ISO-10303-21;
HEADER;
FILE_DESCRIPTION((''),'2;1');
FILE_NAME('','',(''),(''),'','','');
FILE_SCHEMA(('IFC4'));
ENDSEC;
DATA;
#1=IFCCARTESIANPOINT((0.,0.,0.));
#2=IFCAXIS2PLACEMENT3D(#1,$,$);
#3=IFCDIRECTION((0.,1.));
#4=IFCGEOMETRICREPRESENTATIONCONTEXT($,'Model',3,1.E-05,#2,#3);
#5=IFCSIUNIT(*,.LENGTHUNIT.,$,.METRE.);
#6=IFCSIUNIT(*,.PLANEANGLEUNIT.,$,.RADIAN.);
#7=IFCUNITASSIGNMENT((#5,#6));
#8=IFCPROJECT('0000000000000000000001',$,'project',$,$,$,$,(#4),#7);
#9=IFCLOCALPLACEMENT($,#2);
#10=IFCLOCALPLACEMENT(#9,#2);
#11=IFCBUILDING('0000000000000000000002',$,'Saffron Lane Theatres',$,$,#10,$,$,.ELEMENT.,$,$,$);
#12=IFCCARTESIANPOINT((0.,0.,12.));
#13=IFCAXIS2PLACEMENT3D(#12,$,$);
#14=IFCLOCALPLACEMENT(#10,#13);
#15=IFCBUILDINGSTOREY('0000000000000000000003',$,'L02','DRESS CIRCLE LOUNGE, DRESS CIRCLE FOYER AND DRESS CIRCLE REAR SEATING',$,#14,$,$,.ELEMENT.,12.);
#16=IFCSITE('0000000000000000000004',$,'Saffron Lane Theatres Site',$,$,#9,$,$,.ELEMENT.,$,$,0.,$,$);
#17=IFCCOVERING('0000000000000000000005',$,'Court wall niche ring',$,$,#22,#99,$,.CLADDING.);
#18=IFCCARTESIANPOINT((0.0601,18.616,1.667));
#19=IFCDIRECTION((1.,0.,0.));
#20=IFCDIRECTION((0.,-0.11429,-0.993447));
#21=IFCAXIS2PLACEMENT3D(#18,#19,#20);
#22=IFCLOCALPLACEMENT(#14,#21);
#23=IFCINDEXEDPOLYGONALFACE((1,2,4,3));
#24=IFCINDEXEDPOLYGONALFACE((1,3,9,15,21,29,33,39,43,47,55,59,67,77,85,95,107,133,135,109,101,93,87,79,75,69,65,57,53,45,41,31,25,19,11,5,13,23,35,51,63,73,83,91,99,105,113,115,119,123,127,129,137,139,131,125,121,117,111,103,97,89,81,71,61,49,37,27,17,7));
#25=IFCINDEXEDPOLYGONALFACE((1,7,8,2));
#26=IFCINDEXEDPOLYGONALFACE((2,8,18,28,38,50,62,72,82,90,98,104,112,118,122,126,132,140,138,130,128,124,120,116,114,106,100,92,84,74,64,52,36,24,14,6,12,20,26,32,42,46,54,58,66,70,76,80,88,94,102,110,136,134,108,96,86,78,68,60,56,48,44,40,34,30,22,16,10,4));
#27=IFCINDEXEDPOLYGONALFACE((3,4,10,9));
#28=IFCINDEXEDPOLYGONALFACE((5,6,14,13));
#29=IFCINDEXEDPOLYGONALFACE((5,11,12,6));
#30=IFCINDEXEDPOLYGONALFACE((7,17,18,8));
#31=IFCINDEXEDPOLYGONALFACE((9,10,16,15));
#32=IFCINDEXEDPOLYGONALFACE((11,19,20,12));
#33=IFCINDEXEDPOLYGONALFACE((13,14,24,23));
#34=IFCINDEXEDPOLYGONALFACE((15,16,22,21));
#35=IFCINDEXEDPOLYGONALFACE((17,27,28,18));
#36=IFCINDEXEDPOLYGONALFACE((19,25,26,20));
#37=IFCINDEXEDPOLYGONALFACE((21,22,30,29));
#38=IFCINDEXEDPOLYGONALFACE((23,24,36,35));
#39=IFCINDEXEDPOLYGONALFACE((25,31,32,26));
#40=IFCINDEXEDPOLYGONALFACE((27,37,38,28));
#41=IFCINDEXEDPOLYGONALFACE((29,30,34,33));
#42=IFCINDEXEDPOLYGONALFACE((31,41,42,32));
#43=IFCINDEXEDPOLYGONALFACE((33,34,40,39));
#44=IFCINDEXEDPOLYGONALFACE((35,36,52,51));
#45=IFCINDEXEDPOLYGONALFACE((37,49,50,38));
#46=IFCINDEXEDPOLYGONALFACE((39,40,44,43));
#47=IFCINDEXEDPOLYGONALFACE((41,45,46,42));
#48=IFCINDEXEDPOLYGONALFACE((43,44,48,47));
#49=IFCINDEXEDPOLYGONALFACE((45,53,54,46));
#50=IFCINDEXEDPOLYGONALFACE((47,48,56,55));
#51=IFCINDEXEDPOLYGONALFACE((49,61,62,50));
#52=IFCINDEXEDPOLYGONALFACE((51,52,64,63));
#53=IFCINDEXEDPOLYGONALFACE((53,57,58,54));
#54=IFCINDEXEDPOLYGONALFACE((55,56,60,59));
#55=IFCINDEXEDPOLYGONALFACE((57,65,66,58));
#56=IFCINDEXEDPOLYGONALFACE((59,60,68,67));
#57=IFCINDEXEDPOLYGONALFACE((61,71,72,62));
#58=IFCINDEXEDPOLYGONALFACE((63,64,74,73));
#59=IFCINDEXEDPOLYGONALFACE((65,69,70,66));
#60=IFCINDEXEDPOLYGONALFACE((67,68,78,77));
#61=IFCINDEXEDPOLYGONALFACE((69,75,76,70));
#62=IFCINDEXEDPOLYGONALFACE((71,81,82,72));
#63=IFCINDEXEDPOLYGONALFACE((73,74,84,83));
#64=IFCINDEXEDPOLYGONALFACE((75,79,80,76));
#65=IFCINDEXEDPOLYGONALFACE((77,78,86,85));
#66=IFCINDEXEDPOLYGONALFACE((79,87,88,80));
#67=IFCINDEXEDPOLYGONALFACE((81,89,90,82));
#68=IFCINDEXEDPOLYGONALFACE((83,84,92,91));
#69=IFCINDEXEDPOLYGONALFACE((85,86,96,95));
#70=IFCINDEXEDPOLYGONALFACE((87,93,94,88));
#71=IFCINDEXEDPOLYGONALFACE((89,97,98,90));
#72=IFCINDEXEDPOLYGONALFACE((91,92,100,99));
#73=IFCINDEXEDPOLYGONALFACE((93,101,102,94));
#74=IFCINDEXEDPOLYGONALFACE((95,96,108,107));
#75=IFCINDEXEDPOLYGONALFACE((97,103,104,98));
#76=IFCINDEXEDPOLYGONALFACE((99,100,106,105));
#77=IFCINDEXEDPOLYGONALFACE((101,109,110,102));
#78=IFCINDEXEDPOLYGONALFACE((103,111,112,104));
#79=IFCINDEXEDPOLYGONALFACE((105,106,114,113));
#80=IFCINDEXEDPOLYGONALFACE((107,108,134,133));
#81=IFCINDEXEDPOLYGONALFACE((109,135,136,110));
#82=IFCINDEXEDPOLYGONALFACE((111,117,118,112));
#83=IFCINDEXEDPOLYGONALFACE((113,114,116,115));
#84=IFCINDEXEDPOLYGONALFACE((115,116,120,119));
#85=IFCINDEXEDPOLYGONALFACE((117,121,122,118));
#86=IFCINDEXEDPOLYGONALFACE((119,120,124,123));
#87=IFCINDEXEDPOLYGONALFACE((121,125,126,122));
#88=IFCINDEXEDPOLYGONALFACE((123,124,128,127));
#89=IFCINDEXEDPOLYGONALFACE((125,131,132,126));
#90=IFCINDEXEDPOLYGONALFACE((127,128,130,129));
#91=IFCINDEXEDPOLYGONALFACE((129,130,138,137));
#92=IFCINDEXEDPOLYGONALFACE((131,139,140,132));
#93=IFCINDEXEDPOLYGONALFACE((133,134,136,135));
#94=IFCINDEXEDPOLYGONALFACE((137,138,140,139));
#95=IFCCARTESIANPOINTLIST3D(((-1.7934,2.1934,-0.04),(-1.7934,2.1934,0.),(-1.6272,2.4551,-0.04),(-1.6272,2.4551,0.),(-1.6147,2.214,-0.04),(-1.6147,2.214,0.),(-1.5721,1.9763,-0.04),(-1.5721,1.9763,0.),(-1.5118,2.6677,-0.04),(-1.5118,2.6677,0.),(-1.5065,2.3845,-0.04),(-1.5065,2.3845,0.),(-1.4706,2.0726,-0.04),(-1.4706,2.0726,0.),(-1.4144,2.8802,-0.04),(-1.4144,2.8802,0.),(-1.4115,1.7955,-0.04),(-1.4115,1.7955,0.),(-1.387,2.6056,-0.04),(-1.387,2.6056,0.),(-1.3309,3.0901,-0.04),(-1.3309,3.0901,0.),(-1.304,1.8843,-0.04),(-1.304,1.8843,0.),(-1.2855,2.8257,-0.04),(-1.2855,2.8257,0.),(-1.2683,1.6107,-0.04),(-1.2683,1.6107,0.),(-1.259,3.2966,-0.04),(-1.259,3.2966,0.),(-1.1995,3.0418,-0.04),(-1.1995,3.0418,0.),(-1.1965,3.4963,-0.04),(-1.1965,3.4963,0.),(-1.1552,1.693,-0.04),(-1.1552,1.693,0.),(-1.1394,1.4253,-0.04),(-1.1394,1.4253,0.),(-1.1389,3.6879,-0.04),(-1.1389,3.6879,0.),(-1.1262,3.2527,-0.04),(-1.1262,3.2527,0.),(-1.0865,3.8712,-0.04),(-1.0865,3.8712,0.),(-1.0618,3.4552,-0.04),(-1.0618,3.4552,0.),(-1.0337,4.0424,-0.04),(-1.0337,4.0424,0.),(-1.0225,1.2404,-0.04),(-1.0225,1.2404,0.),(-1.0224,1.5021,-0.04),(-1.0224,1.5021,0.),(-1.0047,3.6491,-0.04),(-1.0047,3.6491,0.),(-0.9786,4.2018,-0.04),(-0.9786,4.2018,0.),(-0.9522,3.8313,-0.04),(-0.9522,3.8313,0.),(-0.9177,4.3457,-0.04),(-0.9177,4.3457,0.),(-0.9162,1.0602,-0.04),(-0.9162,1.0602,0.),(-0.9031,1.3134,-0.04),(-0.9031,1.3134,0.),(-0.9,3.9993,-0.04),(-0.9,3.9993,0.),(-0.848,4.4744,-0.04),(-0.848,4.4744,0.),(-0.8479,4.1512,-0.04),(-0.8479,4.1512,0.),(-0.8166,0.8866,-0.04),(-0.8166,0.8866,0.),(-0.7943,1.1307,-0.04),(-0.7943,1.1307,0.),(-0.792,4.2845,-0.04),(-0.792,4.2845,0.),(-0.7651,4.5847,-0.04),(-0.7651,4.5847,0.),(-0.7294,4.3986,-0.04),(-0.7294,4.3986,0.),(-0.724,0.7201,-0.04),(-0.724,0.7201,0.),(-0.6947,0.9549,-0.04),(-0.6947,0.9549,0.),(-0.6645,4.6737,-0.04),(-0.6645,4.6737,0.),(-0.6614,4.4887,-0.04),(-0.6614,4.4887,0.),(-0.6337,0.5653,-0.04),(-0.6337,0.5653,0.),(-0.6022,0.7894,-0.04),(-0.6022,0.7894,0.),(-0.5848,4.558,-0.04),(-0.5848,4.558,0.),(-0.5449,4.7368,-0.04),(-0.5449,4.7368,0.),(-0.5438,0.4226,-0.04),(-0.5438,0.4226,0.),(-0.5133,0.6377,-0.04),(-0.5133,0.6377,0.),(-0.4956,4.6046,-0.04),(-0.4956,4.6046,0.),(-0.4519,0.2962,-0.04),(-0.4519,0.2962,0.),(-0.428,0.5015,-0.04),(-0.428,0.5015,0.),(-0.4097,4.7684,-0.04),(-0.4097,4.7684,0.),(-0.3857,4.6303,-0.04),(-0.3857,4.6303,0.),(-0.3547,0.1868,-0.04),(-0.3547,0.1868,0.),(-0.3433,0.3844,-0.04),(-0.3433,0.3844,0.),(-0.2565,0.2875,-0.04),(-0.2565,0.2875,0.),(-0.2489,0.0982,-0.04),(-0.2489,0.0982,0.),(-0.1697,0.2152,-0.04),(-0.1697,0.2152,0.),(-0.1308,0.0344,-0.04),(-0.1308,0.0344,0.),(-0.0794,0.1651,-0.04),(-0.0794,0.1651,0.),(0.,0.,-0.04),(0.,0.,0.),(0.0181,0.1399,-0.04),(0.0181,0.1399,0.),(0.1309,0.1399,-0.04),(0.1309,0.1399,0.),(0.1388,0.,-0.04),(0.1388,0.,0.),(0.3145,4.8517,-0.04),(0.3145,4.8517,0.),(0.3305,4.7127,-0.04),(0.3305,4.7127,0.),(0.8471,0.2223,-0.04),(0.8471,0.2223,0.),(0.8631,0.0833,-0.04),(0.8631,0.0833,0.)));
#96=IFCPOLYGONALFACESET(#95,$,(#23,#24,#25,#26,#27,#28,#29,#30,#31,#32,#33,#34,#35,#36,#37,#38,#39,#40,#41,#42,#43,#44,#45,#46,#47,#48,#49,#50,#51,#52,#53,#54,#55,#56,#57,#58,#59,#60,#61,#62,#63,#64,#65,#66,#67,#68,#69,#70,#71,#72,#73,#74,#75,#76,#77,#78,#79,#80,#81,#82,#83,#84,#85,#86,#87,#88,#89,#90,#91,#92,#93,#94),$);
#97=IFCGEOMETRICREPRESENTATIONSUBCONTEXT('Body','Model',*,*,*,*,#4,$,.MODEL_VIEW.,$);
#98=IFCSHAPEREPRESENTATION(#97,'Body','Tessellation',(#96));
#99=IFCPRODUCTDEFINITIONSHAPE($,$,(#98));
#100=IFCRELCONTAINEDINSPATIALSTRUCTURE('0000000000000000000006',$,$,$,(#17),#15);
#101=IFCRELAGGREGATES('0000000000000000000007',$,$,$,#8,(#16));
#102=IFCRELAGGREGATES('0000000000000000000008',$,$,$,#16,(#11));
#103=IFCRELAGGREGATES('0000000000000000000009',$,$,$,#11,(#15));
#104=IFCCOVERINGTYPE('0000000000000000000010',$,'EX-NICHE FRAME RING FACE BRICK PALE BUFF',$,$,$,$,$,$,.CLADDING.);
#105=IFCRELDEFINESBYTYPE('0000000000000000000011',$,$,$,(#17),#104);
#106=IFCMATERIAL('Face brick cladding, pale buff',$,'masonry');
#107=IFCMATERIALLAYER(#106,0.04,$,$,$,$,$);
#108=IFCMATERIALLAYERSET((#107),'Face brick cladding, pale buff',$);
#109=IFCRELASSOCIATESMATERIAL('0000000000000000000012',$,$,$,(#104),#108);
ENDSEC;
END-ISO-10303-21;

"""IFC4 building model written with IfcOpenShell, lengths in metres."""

from ifc_helpers import new_model, si_unit, direction, frame, origin, place, context, subcontext, project, spatial, polyline, outline, extrude, material, layer, layer_set, type_object, element, save


model = new_model("IFC4")

# Units and contexts
model_context = context("Model", 3, precision=1e-05, world=origin(), true_north=direction((0.0, 1.0)))
body_context = subcontext(model_context, "Body", "Model", "MODEL_VIEW")
ifc_project = project(units=[si_unit("LENGTHUNIT", "METRE"), si_unit("PLANEANGLEUNIT", "RADIAN")], contexts=[model_context])

# Site, building, storey
site_placement = place(None, origin())
site = spatial("IfcSite", under=ifc_project, at=site_placement, Name="Saffron Lane Theatres Site", CompositionType="ELEMENT", RefElevation=0.0)
building_placement = place(site_placement, origin())
building = spatial("IfcBuilding", under=site, at=building_placement, Name="Saffron Lane Theatres", CompositionType="ELEMENT")
storey_placement = place(building_placement, frame((0.0, 0.0, 12.0)))
storey = spatial("IfcBuildingStorey", under=building, at=storey_placement, Name="L02", Description="DRESS CIRCLE LOUNGE, DRESS CIRCLE FOYER AND DRESS CIRCLE REAR SEATING", CompositionType="ELEMENT", Elevation=12.0)

# Covering
ifc_material_1 = material(Name="Face brick cladding, pale buff", Category="masonry")
ifc_layer_1 = layer(ifc_material_1, 0.04)
ifc_layer_set_1 = layer_set([ifc_layer_1], Name="Face brick cladding, pale buff")
covering_type_1 = type_object("IfcCoveringType", Name="EX-NICHE FRAME RING FACE BRICK PALE BUFF", PredefinedType="CLADDING", material=ifc_layer_set_1)
covering_1_placement = place(storey_placement, frame((0.0601, 18.616, 1.667), z_axis=(1.0, 0.0, 0.0), x_axis=(0.0, -0.11429, -0.993447)))
element("IfcCovering", 1, at=covering_1_placement, inside=storey, type_object=covering_type_1, Name="Court wall niche ring", PredefinedType="CLADDING", context=body_context, shape_type="SweptSolid", body=[
    extrude(outline(polyline([(0.0, 0.0), (0.1388, 0.0), (0.8631, 0.0833), (0.8471, 0.2223), (0.1309, 0.1399), (0.0181, 0.1399), (-0.0794, 0.1651), (-0.1697, 0.2152), (-0.2565, 0.2875), (-0.3433, 0.3844), (-0.428, 0.5015), (-0.5133, 0.6377), (-0.6022, 0.7894), (-0.6947, 0.9549), (-0.7943, 1.1307), (-0.9031, 1.3134), (-1.0224, 1.5021), (-1.1552, 1.693), (-1.304, 1.8843), (-1.4706, 2.0726), (-1.6147, 2.214), (-1.5065, 2.3845), (-1.387, 2.6056), (-1.2855, 2.8257), (-1.1995, 3.0418), (-1.1262, 3.2527), (-1.0618, 3.4552), (-1.0047, 3.6491), (-0.9522, 3.8313), (-0.9, 3.9993), (-0.8479, 4.1512), (-0.792, 4.2845), (-0.7294, 4.3986), (-0.6614, 4.4887), (-0.5848, 4.558), (-0.4956, 4.6046), (-0.3857, 4.6303), (0.3305, 4.7127), (0.3145, 4.8517), (-0.4097, 4.7684), (-0.5449, 4.7368), (-0.6645, 4.6737), (-0.7651, 4.5847), (-0.848, 4.4744), (-0.9177, 4.3457), (-0.9786, 4.2018), (-1.0337, 4.0424), (-1.0865, 3.8712), (-1.1389, 3.6879), (-1.1965, 3.4963), (-1.259, 3.2966), (-1.3309, 3.0901), (-1.4144, 2.8802), (-1.5118, 2.6677), (-1.6272, 2.4551), (-1.7934, 2.1934), (-1.5721, 1.9763), (-1.4115, 1.7955), (-1.2683, 1.6107), (-1.1394, 1.4253), (-1.0225, 1.2404), (-0.9162, 1.0602), (-0.8166, 0.8866), (-0.724, 0.7201), (-0.6337, 0.5653), (-0.5438, 0.4226), (-0.4519, 0.2962), (-0.3547, 0.1868), (-0.2489, 0.0982), (-0.1308, 0.0344), (0.0, 0.0)])), origin(), (0.0, 0.0, -1.0), 0.04),
])

save(model, "model.ifc")
